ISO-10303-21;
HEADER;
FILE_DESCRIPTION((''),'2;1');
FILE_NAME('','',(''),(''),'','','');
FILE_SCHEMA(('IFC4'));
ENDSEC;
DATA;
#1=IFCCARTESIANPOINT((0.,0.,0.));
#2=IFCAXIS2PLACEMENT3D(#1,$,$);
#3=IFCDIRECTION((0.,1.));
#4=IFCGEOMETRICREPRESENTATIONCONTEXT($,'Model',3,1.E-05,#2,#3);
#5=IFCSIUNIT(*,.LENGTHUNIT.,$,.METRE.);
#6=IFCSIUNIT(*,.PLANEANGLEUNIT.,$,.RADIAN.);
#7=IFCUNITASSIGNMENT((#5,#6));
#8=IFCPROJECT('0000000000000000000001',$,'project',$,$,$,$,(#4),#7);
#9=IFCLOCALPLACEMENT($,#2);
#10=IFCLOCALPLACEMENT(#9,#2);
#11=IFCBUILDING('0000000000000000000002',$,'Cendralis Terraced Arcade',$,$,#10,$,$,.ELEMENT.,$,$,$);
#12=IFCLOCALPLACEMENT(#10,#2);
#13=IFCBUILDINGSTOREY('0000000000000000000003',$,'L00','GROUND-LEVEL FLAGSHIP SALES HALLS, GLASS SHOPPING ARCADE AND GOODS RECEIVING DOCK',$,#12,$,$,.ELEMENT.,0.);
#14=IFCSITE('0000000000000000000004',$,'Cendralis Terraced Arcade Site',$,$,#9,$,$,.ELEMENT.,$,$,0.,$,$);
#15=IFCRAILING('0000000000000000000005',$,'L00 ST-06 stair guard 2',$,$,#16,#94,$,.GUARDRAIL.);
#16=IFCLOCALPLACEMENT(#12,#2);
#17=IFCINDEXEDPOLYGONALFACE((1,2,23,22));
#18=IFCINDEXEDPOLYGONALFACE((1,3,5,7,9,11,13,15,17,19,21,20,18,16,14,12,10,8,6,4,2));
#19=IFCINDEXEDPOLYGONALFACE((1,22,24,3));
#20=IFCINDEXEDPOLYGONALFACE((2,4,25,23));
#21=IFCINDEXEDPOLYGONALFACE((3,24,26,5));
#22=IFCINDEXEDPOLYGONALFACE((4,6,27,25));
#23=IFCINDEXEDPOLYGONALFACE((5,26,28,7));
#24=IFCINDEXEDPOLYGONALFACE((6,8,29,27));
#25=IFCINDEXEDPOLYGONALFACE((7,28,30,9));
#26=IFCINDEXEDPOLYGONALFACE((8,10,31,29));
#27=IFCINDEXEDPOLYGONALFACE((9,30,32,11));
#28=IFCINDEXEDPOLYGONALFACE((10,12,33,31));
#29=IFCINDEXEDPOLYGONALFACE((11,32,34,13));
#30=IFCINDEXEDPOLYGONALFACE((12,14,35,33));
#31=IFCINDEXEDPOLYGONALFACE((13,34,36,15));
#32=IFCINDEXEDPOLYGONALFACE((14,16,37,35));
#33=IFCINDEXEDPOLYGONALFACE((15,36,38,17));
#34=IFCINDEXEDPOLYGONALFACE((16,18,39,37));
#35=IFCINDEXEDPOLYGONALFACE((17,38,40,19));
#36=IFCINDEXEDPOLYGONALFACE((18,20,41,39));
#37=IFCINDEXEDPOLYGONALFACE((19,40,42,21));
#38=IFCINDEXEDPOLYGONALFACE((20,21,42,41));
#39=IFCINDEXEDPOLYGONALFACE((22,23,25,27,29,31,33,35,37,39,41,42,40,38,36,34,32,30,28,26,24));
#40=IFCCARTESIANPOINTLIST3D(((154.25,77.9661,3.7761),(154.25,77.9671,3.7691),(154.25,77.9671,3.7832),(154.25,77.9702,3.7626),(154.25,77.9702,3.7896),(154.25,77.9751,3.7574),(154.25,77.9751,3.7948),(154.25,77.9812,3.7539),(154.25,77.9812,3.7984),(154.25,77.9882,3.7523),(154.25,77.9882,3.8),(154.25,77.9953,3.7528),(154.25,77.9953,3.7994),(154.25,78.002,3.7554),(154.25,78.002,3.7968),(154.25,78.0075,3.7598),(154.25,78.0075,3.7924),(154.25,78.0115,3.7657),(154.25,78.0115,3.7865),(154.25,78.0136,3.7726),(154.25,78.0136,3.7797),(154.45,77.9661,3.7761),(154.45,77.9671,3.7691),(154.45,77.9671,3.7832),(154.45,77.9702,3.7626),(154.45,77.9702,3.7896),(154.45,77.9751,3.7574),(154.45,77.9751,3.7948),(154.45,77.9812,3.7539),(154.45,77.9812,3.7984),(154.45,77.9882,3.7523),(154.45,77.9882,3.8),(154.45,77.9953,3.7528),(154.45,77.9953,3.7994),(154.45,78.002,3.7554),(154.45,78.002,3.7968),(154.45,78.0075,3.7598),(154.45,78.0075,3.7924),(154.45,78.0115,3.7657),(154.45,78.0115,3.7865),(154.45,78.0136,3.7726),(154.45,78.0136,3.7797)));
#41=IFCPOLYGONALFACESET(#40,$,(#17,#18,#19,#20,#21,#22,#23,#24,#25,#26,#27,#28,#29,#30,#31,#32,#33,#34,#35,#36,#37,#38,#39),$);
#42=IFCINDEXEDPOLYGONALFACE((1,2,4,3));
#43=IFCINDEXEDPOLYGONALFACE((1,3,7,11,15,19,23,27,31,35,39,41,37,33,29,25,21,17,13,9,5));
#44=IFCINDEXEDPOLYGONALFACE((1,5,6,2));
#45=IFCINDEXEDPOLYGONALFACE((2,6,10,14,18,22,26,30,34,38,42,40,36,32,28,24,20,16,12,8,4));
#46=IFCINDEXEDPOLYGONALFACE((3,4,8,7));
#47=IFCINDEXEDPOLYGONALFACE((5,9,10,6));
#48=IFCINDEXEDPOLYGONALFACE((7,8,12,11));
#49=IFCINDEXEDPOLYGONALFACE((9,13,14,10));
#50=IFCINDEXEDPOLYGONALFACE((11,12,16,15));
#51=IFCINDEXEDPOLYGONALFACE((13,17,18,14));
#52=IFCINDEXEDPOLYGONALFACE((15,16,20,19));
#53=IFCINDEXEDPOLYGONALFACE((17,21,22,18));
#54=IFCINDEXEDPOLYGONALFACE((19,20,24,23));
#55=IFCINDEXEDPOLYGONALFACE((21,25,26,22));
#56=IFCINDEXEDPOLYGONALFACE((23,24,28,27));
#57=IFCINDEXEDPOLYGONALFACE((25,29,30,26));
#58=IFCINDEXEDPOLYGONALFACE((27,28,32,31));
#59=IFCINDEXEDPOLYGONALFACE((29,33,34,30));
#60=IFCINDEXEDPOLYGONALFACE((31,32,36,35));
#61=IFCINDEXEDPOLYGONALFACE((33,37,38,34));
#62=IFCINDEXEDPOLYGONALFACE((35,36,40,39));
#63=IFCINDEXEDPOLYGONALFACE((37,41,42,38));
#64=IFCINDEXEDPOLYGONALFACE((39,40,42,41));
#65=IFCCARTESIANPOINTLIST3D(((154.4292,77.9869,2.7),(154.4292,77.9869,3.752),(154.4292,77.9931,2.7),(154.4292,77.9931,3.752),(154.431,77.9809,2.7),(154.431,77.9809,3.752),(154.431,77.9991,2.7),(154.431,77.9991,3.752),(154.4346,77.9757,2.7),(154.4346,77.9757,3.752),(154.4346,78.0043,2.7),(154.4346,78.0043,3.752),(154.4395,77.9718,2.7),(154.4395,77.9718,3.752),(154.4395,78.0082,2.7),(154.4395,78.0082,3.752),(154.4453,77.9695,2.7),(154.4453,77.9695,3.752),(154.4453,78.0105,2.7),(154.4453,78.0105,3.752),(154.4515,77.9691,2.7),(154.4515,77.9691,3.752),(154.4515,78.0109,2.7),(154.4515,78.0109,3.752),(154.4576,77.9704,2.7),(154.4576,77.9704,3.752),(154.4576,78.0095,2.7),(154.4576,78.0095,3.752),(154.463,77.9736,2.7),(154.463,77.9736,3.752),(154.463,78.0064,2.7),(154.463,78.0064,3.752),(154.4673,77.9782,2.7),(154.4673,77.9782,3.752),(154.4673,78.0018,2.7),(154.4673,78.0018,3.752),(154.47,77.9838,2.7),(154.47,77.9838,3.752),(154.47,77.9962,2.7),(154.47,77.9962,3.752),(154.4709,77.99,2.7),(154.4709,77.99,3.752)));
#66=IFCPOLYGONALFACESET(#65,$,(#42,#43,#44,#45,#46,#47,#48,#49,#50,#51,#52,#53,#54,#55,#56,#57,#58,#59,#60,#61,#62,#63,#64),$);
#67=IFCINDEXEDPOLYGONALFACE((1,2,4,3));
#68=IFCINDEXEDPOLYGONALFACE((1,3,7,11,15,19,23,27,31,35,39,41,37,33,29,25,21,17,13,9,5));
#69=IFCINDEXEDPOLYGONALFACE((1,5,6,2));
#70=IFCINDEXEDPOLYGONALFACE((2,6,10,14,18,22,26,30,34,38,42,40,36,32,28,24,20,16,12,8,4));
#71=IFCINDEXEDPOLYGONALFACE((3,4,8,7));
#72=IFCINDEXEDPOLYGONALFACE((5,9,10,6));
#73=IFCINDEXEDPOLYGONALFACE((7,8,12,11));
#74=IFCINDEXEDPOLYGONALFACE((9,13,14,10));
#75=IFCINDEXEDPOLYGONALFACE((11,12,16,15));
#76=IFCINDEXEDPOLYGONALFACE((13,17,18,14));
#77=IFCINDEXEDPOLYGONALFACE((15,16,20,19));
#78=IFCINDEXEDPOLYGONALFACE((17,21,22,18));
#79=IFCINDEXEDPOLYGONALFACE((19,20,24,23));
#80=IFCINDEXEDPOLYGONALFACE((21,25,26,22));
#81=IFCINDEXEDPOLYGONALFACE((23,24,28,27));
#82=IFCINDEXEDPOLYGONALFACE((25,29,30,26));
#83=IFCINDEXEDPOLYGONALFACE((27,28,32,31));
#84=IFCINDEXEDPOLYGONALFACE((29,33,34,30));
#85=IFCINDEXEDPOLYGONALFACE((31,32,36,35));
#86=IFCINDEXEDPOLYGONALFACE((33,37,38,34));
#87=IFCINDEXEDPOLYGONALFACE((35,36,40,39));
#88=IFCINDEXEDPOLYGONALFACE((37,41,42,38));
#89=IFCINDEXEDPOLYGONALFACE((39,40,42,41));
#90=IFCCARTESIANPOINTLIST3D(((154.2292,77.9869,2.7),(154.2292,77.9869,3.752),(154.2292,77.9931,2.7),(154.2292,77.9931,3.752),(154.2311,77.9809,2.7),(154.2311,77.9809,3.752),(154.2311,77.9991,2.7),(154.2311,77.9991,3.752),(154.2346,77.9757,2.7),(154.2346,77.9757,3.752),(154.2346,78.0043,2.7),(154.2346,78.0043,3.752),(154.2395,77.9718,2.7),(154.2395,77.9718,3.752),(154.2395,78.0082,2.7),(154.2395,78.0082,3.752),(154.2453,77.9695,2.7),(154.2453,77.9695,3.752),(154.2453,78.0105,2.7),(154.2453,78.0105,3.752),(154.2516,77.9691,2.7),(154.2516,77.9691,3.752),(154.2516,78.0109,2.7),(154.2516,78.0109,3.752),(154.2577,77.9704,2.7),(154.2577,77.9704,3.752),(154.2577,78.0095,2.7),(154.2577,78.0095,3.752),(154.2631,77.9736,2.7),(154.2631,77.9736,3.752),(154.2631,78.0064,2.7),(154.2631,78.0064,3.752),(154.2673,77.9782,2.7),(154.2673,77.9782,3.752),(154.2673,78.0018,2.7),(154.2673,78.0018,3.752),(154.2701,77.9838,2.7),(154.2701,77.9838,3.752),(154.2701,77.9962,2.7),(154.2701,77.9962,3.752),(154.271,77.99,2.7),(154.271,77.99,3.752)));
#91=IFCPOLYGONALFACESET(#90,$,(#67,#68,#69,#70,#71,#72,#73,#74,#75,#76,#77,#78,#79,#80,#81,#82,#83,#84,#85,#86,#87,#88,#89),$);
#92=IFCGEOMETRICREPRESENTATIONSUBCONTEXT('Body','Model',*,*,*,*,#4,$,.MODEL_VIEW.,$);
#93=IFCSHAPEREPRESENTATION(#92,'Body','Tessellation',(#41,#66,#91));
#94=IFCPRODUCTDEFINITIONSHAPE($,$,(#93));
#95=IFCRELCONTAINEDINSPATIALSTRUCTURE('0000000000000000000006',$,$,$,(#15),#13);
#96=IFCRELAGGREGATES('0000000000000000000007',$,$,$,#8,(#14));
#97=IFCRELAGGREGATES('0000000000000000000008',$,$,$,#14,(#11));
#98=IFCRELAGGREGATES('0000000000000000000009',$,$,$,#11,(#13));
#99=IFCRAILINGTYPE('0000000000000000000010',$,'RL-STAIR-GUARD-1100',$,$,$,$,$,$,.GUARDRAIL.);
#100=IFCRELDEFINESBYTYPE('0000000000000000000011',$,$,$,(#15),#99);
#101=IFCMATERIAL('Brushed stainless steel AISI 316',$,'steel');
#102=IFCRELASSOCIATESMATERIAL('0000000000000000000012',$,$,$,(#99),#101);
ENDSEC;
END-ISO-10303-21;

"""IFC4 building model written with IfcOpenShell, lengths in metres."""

from ifc_helpers import new_model, si_unit, direction, frame, origin, origin_2d, place, context, subcontext, project, spatial, circle, extrude, material, type_object, element, save


model = new_model("IFC4")

# Units and contexts
model_context = context("Model", 3, precision=1e-05, world=origin(), true_north=direction((0.0, 1.0)))
body_context = subcontext(model_context, "Body", "Model", "MODEL_VIEW")
ifc_project = project(units=[si_unit("LENGTHUNIT", "METRE"), si_unit("PLANEANGLEUNIT", "RADIAN")], contexts=[model_context])

# Site, building, storey
site_placement = place(None, origin())
site = spatial("IfcSite", under=ifc_project, at=site_placement, Name="Cendralis Terraced Arcade Site", CompositionType="ELEMENT", RefElevation=0.0)
building_placement = place(site_placement, origin())
building = spatial("IfcBuilding", under=site, at=building_placement, Name="Cendralis Terraced Arcade", CompositionType="ELEMENT")
storey_placement = place(building_placement, origin())
storey = spatial("IfcBuildingStorey", under=building, at=storey_placement, Name="L00", Description="GROUND-LEVEL FLAGSHIP SALES HALLS, GLASS SHOPPING ARCADE AND GOODS RECEIVING DOCK", CompositionType="ELEMENT", Elevation=0.0)

# Railing
ifc_material_1 = material(Name="Brushed stainless steel AISI 316", Category="steel")
railing_type_1 = type_object("IfcRailingType", Name="RL-STAIR-GUARD-1100", PredefinedType="GUARDRAIL", material=ifc_material_1)
railing_1_placement = place(storey_placement, frame((154.45, 77.99, 2.7)))
element("IfcRailing", 1, at=railing_1_placement, inside=storey, type_object=railing_type_1, Name="L00 ST-06 stair guard 2", PredefinedType="GUARDRAIL", context=body_context, shape_type="SweptSolid", body=[
    extrude(circle(Radius=0.0239, at=origin_2d()), frame((0.0, 0.0, 1.0762), z_axis=(-1.0, 0.0, 0.0), x_axis=(0.0, -1.0, 0.0)), (0.0, 0.0, 1.0), 0.2),
    extrude(circle(Radius=0.021, at=origin_2d()), origin(), (0.0, 0.0, 1.0), 1.052),
    extrude(circle(Radius=0.021, at=origin_2d()), frame((-0.2, 0.0, 0.0)), (0.0, 0.0, 1.0), 1.052),
])

save(model, "model.ifc")
